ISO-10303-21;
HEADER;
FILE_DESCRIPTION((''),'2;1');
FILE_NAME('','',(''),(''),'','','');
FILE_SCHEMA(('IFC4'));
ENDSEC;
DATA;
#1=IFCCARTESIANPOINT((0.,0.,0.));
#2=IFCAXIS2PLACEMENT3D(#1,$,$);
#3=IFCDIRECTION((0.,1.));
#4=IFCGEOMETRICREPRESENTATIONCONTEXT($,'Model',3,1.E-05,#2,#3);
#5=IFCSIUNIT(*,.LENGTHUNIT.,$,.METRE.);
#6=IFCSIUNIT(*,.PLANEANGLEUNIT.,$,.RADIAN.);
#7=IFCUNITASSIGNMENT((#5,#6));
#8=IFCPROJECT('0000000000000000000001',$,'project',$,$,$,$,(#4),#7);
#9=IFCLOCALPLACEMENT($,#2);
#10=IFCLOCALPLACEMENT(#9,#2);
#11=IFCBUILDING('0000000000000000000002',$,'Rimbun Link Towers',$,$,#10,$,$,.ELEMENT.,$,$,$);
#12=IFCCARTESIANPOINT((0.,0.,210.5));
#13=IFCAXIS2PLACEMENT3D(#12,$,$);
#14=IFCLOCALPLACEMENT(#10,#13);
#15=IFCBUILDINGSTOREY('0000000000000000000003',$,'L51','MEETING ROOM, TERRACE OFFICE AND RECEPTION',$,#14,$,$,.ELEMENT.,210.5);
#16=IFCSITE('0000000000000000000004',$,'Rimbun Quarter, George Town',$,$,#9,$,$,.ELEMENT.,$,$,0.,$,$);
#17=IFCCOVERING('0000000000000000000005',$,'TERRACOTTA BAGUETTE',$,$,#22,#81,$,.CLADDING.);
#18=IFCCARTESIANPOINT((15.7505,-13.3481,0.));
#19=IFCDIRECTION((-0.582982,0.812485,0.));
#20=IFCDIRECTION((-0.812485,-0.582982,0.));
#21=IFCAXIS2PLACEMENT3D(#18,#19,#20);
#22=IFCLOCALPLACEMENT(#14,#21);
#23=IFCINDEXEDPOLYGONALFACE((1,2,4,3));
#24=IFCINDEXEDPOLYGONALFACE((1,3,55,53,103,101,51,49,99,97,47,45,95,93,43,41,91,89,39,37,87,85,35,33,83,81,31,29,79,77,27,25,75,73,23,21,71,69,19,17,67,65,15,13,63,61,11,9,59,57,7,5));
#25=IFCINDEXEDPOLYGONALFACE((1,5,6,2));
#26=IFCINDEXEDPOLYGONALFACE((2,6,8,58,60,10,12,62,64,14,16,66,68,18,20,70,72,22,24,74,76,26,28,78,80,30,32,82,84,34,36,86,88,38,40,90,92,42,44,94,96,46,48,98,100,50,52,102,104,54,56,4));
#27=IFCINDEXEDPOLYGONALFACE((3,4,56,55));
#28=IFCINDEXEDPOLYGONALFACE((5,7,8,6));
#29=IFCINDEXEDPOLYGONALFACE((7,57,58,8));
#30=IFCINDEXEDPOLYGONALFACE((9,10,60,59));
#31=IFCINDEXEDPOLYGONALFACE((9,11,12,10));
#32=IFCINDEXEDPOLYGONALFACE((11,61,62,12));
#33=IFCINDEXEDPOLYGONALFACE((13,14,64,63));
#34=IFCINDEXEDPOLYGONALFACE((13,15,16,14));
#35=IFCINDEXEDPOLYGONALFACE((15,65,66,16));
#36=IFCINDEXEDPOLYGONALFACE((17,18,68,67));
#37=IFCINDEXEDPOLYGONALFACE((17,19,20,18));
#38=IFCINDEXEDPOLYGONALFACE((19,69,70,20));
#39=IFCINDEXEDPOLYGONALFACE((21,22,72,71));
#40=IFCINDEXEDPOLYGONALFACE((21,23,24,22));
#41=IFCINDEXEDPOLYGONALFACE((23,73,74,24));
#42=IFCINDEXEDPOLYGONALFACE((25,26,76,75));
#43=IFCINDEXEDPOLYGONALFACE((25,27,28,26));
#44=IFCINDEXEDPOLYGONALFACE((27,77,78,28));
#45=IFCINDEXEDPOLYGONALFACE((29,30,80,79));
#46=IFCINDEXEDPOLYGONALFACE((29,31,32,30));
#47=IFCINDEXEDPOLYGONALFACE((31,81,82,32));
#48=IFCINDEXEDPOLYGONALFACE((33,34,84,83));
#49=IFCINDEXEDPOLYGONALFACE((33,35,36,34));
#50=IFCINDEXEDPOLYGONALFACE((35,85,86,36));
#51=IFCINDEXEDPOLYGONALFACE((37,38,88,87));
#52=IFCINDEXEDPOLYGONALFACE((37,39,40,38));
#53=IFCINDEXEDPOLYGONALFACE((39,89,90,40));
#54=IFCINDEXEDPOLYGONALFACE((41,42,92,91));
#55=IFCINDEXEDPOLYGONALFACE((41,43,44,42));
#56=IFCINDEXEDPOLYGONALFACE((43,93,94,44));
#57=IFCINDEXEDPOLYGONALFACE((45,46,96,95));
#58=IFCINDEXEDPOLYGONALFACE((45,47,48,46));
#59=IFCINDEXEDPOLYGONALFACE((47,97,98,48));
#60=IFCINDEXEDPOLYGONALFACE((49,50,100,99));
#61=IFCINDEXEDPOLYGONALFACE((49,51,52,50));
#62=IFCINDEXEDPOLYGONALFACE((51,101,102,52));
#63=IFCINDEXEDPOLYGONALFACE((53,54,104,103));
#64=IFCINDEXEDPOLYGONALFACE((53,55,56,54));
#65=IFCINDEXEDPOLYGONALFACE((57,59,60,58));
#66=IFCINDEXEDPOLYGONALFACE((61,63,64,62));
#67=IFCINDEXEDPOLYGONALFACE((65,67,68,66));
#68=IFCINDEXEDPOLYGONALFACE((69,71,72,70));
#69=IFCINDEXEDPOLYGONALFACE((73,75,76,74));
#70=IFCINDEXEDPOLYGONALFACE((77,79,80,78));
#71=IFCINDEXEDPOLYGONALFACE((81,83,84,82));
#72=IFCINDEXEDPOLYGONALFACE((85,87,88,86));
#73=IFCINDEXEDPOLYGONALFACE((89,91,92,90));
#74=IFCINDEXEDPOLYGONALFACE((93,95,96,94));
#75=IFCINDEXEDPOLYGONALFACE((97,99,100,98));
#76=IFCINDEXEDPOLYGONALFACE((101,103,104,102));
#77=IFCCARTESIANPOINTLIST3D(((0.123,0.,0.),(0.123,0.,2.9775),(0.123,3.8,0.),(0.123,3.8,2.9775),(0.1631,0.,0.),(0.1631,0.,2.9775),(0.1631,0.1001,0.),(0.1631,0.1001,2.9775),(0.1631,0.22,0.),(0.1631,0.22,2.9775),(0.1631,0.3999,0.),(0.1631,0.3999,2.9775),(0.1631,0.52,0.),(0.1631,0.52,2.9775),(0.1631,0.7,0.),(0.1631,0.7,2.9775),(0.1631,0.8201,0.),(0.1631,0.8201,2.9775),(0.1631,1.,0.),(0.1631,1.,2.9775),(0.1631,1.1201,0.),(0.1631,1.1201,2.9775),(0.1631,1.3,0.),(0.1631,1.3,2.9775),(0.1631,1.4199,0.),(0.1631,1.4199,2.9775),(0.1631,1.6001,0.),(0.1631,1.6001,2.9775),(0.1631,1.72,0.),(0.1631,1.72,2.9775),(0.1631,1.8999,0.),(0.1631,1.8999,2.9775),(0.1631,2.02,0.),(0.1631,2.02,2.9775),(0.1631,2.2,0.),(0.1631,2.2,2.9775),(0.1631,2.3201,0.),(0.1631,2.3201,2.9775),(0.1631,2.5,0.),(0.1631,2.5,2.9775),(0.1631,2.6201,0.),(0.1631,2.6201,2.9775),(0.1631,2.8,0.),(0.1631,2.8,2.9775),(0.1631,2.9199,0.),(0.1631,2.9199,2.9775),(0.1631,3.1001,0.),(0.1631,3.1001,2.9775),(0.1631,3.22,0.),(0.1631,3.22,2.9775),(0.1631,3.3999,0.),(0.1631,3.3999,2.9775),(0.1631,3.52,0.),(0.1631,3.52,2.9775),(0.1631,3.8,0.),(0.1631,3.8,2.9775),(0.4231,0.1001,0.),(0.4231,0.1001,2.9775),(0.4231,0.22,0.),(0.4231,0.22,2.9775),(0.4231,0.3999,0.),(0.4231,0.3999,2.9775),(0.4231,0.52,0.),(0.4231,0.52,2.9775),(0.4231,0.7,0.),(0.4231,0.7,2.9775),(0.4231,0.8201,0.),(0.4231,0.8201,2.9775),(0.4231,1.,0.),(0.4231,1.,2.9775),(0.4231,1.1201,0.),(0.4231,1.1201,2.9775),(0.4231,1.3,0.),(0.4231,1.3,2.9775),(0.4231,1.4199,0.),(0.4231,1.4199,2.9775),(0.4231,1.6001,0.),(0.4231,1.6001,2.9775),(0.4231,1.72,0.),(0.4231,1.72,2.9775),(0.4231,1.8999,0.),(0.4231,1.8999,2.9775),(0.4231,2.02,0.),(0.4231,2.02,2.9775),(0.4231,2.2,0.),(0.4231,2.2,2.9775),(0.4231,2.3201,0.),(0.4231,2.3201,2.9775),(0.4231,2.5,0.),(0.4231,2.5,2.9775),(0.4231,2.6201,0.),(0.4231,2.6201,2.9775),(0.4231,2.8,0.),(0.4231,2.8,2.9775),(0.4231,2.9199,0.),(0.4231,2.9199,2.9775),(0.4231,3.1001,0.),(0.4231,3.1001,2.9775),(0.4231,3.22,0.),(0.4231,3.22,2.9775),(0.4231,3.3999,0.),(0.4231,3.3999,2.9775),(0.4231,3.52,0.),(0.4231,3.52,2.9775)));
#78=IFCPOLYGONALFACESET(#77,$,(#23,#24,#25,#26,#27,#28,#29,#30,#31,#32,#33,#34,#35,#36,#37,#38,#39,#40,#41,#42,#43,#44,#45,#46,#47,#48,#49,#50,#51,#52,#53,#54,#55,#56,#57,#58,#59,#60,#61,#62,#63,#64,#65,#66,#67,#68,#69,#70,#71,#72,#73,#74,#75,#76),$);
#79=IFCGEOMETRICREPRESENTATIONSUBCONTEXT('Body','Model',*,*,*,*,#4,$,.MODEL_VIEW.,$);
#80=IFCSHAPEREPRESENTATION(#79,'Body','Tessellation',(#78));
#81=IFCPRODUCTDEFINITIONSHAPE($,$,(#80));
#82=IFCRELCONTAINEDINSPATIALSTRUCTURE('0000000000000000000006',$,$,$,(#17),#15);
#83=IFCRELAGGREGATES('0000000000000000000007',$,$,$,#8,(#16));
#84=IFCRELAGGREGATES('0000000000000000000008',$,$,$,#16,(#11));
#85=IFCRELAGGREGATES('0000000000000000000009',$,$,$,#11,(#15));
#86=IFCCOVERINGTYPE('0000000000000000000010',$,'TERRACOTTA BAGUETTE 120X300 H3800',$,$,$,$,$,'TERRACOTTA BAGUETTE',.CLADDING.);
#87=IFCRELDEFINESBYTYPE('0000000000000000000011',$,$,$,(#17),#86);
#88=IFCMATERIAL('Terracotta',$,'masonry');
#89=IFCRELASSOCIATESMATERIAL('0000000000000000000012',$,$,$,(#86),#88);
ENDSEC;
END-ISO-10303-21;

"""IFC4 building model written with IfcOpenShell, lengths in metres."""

from ifc_helpers import new_model, si_unit, direction, frame, origin, place, context, subcontext, project, spatial, polyline, outline, extrude, material, material_profile, profile_set, type_object, element, save


model = new_model("IFC4")

# Units and contexts
model_context = context("Model", 3, precision=1e-05, world=origin(), true_north=direction((0.0, 1.0)))
body_context = subcontext(model_context, "Body", "Model", "MODEL_VIEW")
ifc_project = project(units=[si_unit("LENGTHUNIT", "METRE"), si_unit("PLANEANGLEUNIT", "RADIAN")], contexts=[model_context])

# Site, building, storey
site_placement = place(None, origin())
site = spatial("IfcSite", under=ifc_project, at=site_placement, Name="Rimbun Quarter, George Town", CompositionType="ELEMENT", RefElevation=0.0)
building_placement = place(site_placement, origin())
building = spatial("IfcBuilding", under=site, at=building_placement, Name="Rimbun Link Towers", CompositionType="ELEMENT")
storey_placement = place(building_placement, frame((0.0, 0.0, 210.5)))
storey = spatial("IfcBuildingStorey", under=building, at=storey_placement, Name="L51", Description="MEETING ROOM, TERRACE OFFICE AND RECEPTION", CompositionType="ELEMENT", Elevation=210.5)

# Covering
ifc_material_1 = material(Name="Terracotta", Category="masonry")
ifc_material_profile_1 = material_profile(ifc_material_1, outline(polyline([(0.123, 0.0), (0.1631, 0.0), (0.1631, 0.1001), (0.4231, 0.1001), (0.4231, 0.22), (0.1631, 0.22), (0.1631, 0.3999), (0.4231, 0.3999), (0.4231, 0.52), (0.1631, 0.52), (0.1631, 0.7), (0.4231, 0.7), (0.4231, 0.8201), (0.1631, 0.8201), (0.1631, 1.0), (0.4231, 1.0), (0.4231, 1.1201), (0.1631, 1.1201), (0.1631, 1.3), (0.4231, 1.3), (0.4231, 1.4199), (0.1631, 1.4199), (0.1631, 1.6001), (0.4231, 1.6001), (0.4231, 1.72), (0.1631, 1.72), (0.1631, 1.8999), (0.4231, 1.8999), (0.4231, 2.02), (0.1631, 2.02), (0.1631, 2.2), (0.4231, 2.2), (0.4231, 2.3201), (0.1631, 2.3201), (0.1631, 2.5), (0.4231, 2.5), (0.4231, 2.6201), (0.1631, 2.6201), (0.1631, 2.8), (0.4231, 2.8), (0.4231, 2.9199), (0.1631, 2.9199), (0.1631, 3.1001), (0.4231, 3.1001), (0.4231, 3.22), (0.1631, 3.22), (0.1631, 3.3999), (0.4231, 3.3999), (0.4231, 3.52), (0.1631, 3.52), (0.1631, 3.8), (0.123, 3.8), (0.123, 0.0)])), Name="BAGUETTE 120X300")
ifc_profile_set_1 = profile_set([ifc_material_profile_1], Name="Terracotta")
covering_type = type_object("IfcCoveringType", Name="TERRACOTTA BAGUETTE 120X300 H3800", ElementType="TERRACOTTA BAGUETTE", PredefinedType="CLADDING", material=ifc_profile_set_1)
covering_placement = place(storey_placement, frame((15.7505, -13.3481, 0.0), z_axis=(-0.582982, 0.812485, 0.0), x_axis=(-0.812485, -0.582982, 0.0)))
element("IfcCovering", 1, at=covering_placement, inside=storey, type_object=covering_type, Name="TERRACOTTA BAGUETTE", PredefinedType="CLADDING", context=body_context, shape_type="SweptSolid", body=[
    extrude(outline(polyline([(0.123, 0.0), (0.1631, 0.0), (0.1631, 0.1001), (0.4231, 0.1001), (0.4231, 0.22), (0.1631, 0.22), (0.1631, 0.3999), (0.4231, 0.3999), (0.4231, 0.52), (0.1631, 0.52), (0.1631, 0.7), (0.4231, 0.7), (0.4231, 0.8201), (0.1631, 0.8201), (0.1631, 1.0), (0.4231, 1.0), (0.4231, 1.1201), (0.1631, 1.1201), (0.1631, 1.3), (0.4231, 1.3), (0.4231, 1.4199), (0.1631, 1.4199), (0.1631, 1.6001), (0.4231, 1.6001), (0.4231, 1.72), (0.1631, 1.72), (0.1631, 1.8999), (0.4231, 1.8999), (0.4231, 2.02), (0.1631, 2.02), (0.1631, 2.2), (0.4231, 2.2), (0.4231, 2.3201), (0.1631, 2.3201), (0.1631, 2.5), (0.4231, 2.5), (0.4231, 2.6201), (0.1631, 2.6201), (0.1631, 2.8), (0.4231, 2.8), (0.4231, 2.9199), (0.1631, 2.9199), (0.1631, 3.1001), (0.4231, 3.1001), (0.4231, 3.22), (0.1631, 3.22), (0.1631, 3.3999), (0.4231, 3.3999), (0.4231, 3.52), (0.1631, 3.52), (0.1631, 3.8), (0.123, 3.8), (0.123, 0.0)])), origin(), (0.0, 0.0, 1.0), 2.9775),
])

save(model, "model.ifc")
